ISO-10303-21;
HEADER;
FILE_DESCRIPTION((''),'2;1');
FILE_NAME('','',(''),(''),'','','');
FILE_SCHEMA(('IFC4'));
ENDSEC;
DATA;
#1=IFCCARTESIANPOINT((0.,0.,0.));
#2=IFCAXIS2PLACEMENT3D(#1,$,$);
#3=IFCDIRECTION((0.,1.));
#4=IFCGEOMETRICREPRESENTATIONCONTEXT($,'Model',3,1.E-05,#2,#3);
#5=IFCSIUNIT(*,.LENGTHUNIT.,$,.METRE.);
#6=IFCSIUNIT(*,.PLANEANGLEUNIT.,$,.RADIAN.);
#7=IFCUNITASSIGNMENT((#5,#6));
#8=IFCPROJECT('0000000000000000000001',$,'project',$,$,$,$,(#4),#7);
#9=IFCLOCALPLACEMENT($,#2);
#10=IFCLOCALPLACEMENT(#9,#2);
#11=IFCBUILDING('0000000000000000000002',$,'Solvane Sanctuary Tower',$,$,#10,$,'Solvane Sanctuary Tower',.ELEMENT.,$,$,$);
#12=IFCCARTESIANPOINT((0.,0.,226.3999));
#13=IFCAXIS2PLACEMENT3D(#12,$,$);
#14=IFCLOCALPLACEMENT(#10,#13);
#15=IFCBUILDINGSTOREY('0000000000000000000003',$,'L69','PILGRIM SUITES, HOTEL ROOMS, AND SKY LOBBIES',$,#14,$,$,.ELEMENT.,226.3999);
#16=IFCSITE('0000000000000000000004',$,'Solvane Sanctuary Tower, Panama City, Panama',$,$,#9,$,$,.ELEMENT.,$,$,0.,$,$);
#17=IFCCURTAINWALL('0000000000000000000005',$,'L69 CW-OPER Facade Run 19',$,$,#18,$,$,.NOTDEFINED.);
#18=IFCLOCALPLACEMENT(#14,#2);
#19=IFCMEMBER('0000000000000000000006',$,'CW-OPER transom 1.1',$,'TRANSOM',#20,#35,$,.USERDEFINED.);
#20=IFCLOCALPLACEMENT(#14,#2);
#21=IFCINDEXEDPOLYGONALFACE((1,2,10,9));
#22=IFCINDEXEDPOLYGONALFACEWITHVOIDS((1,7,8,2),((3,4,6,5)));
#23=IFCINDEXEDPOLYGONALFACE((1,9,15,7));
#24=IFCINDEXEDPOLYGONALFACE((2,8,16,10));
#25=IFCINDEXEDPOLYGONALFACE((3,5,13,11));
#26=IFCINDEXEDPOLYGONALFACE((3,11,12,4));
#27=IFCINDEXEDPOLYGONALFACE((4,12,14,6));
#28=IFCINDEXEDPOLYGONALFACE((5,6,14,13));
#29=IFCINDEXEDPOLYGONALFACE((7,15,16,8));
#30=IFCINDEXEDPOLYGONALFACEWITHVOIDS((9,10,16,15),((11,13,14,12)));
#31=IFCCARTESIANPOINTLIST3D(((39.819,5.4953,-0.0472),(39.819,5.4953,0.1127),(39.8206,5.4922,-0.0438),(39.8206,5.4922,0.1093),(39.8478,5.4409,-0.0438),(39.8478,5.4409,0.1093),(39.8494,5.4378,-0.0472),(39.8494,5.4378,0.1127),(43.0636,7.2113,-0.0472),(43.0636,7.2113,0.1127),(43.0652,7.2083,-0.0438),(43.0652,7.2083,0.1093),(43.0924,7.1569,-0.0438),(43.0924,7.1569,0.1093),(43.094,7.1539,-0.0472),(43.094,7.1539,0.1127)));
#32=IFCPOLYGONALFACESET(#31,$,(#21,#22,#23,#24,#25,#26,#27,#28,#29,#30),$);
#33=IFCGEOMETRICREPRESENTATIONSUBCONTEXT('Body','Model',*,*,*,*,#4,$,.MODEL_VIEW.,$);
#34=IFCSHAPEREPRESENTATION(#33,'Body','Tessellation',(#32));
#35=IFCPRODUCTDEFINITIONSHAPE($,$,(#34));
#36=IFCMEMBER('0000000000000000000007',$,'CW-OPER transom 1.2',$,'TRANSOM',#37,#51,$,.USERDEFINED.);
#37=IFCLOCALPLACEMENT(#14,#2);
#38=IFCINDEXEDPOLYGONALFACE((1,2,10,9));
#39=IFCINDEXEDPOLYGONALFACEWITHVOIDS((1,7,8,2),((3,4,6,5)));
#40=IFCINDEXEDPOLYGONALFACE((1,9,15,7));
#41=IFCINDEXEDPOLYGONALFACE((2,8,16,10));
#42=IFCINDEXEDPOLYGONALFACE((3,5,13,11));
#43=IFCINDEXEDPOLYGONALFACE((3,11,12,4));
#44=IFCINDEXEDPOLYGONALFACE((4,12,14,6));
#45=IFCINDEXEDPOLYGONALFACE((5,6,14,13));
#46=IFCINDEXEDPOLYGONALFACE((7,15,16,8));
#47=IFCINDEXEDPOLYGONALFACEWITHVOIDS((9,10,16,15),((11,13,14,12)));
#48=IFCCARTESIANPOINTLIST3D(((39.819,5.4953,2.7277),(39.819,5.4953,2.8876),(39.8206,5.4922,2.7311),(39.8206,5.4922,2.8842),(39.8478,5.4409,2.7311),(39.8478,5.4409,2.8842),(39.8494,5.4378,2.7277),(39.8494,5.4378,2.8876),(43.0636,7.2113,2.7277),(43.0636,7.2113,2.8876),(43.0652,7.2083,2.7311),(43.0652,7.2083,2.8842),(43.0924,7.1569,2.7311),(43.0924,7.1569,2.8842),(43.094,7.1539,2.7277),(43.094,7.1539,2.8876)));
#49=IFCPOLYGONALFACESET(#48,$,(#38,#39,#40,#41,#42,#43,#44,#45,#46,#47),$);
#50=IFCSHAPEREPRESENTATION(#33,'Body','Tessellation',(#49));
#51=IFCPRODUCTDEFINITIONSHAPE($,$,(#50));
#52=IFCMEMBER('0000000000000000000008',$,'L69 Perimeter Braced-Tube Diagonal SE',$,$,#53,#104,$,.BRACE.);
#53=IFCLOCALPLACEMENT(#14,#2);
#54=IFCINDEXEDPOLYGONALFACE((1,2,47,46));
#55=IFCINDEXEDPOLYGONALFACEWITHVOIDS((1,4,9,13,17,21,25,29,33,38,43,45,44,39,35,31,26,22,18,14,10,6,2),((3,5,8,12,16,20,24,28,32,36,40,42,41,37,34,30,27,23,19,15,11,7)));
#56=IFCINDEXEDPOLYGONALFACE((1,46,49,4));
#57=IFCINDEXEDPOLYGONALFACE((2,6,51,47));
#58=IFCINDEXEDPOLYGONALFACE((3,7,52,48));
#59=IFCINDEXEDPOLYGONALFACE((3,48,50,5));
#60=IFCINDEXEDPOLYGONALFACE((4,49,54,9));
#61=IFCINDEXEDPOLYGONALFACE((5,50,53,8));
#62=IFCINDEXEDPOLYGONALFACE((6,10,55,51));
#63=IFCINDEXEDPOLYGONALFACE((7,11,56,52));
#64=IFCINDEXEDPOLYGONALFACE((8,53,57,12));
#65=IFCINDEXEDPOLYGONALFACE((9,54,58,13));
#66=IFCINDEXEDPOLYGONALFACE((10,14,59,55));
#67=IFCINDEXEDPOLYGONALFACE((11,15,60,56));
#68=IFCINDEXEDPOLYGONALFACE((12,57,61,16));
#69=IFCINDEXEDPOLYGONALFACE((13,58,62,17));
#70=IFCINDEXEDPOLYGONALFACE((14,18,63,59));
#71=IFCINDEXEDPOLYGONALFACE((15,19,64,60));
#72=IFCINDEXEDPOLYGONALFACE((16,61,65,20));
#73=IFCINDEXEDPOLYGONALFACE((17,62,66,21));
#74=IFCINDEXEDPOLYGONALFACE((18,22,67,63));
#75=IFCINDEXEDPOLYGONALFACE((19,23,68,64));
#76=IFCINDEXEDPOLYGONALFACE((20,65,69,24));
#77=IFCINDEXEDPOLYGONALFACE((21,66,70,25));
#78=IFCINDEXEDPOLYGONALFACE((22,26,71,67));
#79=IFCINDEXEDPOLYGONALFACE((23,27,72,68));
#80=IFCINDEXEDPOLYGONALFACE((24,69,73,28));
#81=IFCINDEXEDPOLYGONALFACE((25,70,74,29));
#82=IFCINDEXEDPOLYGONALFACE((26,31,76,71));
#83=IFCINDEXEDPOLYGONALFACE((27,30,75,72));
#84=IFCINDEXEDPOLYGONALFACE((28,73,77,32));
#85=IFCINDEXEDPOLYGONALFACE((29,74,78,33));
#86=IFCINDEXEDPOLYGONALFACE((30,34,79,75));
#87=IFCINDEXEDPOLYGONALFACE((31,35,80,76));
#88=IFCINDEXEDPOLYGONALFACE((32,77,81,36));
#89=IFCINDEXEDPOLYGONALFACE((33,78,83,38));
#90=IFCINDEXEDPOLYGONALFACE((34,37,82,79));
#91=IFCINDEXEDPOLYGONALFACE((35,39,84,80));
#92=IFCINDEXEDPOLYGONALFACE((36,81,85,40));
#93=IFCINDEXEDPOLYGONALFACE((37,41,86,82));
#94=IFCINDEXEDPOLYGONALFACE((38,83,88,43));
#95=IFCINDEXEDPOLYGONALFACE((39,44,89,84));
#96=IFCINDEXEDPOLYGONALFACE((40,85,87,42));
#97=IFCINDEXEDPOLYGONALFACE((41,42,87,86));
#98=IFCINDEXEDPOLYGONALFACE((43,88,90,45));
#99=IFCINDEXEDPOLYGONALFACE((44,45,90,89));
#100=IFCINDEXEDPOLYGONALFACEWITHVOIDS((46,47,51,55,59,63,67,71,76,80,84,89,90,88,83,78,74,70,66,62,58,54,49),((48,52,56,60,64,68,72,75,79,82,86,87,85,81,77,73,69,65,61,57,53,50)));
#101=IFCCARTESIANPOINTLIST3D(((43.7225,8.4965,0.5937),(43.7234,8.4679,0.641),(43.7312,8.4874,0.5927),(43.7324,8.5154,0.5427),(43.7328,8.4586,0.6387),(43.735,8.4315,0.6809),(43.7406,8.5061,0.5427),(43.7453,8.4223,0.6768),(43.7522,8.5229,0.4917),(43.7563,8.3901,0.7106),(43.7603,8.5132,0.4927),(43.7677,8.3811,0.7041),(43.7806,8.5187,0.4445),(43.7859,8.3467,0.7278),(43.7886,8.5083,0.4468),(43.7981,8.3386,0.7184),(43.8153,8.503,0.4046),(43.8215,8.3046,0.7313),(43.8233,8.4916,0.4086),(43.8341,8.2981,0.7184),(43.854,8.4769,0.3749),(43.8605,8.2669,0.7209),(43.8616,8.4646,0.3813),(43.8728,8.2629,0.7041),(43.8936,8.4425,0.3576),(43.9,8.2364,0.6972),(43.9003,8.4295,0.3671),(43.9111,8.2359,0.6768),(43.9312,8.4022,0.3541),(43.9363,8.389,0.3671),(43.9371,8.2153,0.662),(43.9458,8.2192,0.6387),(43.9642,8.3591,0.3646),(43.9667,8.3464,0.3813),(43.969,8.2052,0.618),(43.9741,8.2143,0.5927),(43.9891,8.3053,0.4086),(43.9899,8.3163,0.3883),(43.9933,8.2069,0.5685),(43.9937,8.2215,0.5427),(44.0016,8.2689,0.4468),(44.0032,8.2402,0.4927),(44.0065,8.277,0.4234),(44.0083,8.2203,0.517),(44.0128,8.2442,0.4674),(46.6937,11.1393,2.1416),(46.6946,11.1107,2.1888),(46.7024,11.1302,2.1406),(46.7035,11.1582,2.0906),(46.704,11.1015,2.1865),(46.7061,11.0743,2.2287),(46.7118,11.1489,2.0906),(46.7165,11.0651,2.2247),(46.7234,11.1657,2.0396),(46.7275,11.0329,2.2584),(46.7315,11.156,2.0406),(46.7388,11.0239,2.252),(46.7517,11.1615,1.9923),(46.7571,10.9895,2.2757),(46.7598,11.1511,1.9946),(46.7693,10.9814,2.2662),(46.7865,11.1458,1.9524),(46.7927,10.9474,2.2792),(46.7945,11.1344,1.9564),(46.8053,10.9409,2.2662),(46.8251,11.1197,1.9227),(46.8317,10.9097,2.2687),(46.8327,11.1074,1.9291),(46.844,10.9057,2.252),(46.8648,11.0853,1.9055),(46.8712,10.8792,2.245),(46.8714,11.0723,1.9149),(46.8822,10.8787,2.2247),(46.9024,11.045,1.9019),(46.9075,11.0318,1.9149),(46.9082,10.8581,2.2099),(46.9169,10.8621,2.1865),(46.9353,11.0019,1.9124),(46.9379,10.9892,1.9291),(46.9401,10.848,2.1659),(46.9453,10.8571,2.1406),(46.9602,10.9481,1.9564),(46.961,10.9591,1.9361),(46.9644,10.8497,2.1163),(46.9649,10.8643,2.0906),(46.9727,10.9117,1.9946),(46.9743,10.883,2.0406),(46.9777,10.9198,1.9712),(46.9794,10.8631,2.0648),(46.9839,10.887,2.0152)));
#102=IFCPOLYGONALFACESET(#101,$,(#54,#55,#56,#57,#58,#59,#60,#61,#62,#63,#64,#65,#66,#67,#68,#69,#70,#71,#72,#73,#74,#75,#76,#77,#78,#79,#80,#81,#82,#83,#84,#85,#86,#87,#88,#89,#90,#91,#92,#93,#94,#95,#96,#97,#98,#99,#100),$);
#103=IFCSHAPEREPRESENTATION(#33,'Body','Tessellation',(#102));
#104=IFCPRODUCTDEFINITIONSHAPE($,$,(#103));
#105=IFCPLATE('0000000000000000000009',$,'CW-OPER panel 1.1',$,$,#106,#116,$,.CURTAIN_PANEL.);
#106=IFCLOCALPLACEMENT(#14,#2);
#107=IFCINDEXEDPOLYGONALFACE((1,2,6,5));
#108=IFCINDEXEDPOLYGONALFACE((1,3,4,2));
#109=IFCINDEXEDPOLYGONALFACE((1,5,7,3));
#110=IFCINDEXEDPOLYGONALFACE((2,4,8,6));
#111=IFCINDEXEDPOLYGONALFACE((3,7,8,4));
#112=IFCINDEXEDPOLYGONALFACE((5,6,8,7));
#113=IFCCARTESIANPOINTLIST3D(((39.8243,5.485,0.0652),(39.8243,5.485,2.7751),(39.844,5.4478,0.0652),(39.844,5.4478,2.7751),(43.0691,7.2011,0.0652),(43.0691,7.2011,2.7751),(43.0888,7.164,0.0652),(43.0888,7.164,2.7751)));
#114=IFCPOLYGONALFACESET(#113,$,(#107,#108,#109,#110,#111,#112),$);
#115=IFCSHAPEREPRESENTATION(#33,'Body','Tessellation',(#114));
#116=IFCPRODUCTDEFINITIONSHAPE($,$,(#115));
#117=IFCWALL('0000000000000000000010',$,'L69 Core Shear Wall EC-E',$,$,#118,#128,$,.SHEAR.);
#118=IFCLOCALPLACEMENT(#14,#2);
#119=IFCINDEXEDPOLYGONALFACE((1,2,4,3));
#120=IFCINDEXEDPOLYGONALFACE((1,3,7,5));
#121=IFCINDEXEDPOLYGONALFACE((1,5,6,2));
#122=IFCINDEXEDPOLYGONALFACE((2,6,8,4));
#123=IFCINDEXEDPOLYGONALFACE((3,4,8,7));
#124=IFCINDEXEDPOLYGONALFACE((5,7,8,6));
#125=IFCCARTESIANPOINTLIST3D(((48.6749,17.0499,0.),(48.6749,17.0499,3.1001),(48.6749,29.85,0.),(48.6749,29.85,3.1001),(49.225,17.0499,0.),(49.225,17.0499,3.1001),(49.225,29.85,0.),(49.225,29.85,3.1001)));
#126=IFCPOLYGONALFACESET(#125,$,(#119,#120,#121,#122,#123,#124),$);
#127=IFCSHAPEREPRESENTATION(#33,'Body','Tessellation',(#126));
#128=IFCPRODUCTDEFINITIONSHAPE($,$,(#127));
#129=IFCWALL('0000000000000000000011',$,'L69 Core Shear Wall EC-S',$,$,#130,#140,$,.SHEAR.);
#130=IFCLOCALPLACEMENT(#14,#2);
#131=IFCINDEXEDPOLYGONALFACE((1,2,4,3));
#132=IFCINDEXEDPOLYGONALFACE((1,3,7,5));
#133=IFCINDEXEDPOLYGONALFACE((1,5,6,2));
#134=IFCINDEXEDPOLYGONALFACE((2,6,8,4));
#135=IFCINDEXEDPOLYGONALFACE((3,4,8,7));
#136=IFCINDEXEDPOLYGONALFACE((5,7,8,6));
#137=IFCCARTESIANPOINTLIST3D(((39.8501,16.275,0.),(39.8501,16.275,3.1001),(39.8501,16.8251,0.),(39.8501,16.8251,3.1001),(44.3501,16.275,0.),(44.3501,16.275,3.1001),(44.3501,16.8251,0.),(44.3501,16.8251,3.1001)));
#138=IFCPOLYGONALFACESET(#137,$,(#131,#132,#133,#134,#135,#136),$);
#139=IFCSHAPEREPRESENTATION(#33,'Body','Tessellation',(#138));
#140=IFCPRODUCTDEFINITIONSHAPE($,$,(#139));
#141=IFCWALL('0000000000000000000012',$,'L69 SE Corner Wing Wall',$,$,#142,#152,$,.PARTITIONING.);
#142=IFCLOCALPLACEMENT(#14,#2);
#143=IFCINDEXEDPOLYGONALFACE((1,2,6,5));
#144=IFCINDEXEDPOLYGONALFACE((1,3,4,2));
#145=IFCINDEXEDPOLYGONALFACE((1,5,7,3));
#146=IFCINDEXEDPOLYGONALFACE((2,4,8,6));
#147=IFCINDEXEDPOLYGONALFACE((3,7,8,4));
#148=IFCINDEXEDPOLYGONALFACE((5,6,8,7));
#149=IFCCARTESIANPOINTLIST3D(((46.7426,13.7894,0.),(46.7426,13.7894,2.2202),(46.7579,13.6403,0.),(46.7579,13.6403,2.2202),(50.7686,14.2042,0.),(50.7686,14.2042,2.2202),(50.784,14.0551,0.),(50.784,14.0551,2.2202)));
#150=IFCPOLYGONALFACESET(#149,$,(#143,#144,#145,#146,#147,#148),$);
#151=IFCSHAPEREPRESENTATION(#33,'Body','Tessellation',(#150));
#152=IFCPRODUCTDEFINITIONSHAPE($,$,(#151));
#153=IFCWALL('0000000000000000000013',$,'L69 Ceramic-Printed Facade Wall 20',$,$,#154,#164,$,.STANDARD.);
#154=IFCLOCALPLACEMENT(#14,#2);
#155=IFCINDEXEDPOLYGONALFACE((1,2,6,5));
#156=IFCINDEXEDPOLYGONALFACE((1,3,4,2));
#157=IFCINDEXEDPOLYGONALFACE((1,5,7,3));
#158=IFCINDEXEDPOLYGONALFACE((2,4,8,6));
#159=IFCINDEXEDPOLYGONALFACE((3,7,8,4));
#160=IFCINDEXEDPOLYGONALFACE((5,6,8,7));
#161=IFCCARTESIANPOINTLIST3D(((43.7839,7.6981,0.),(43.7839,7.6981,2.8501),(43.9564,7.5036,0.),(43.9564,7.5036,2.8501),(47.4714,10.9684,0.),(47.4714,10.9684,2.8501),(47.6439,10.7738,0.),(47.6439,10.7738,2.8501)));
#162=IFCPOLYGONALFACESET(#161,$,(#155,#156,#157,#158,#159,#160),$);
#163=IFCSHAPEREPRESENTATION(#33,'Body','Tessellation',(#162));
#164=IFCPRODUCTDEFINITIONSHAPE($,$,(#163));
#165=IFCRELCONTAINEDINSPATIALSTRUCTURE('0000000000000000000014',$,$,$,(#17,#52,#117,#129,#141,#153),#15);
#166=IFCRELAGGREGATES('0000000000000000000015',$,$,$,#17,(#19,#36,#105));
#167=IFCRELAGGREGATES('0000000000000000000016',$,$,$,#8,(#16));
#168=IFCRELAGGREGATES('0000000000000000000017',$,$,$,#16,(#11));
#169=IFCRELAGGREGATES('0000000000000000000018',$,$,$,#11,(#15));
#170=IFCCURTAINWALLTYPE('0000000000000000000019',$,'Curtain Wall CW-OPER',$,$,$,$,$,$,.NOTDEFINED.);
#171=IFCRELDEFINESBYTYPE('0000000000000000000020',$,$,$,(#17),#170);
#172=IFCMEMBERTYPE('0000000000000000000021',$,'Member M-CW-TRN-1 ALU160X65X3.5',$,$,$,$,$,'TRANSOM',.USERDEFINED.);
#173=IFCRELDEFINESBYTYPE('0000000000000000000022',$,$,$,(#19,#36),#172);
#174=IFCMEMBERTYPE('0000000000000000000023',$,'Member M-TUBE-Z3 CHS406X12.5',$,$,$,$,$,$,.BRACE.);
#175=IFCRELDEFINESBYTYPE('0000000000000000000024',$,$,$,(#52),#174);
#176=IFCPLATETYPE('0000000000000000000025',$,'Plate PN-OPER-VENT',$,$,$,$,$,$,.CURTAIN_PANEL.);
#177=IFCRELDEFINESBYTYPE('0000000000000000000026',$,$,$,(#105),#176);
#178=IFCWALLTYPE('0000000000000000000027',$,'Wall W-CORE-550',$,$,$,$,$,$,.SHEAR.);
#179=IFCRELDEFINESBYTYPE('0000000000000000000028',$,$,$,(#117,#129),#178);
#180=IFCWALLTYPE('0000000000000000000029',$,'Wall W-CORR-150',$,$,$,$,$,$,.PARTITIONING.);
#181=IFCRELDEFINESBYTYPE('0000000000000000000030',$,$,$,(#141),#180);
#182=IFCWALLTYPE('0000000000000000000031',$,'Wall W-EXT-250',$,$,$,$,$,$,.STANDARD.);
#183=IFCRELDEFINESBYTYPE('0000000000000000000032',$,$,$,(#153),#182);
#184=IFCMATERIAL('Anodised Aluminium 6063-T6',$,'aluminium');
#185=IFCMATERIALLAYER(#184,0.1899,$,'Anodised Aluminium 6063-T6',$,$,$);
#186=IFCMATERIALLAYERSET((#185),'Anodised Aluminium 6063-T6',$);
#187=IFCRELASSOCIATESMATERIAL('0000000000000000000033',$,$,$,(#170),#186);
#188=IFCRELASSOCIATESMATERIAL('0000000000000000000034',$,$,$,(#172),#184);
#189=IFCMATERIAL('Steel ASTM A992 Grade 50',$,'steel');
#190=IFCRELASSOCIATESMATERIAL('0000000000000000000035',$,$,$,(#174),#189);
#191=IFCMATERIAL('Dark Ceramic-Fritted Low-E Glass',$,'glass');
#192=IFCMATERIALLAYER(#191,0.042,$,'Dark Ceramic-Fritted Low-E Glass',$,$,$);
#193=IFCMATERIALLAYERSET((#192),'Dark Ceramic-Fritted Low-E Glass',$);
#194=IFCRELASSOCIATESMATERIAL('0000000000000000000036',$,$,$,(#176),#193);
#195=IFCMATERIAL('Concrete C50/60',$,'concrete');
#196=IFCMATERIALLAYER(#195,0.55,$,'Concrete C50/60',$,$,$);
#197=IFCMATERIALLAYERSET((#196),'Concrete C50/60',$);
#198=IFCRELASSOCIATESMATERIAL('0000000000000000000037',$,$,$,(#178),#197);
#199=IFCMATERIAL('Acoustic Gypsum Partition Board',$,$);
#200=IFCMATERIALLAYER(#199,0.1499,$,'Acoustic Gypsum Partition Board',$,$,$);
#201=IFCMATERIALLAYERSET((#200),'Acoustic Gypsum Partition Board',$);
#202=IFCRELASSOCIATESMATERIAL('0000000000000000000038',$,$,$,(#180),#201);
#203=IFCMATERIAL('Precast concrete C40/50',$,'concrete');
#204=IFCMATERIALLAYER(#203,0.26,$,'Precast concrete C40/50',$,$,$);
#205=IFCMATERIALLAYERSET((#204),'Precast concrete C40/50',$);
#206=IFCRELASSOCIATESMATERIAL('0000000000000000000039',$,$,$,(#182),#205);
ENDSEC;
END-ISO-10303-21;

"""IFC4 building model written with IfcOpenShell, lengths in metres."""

from ifc_helpers import new_model, si_unit, direction, frame, frame_2d, origin, origin_2d, place, context, subcontext, project, spatial, rectangle, hollow_rectangle, hollow_circle, extrude, material, layer, layer_set, material_profile, profile_set, type_object, element, aggregate, save


model = new_model("IFC4")

# Units and contexts
model_context = context("Model", 3, precision=1e-05, world=origin(), true_north=direction((0.0, 1.0)))
body_context = subcontext(model_context, "Body", "Model", "MODEL_VIEW")
ifc_project = project(units=[si_unit("LENGTHUNIT", "METRE"), si_unit("PLANEANGLEUNIT", "RADIAN")], contexts=[model_context])

# Site, building, storey
site_placement = place(None, origin())
site = spatial("IfcSite", under=ifc_project, at=site_placement, Name="Solvane Sanctuary Tower, Panama City, Panama", CompositionType="ELEMENT", RefElevation=0.0)
building_placement = place(site_placement, origin())
building = spatial("IfcBuilding", under=site, at=building_placement, Name="Solvane Sanctuary Tower", LongName="Solvane Sanctuary Tower", CompositionType="ELEMENT")
storey_placement = place(building_placement, frame((0.0, 0.0, 226.3999)))
storey = spatial("IfcBuildingStorey", under=building, at=storey_placement, Name="L69", Description="PILGRIM SUITES, HOTEL ROOMS, AND SKY LOBBIES", CompositionType="ELEMENT", Elevation=226.3999)

# Shared definitions
ifc_material_1 = material(Name="Concrete C50/60", Category="concrete")

# Shared definitions
ifc_material_2 = material(Name="Steel ASTM A992 Grade 50", Category="steel")

# Curtain wall, members
ifc_material_3 = material(Name="Anodised Aluminium 6063-T6", Category="aluminium")
ifc_layer_1 = layer(ifc_material_3, 0.1899, Name="Anodised Aluminium 6063-T6")
ifc_layer_set_1 = layer_set([ifc_layer_1], Name="Anodised Aluminium 6063-T6")
curtain_wall_type = type_object("IfcCurtainWallType", Name="Curtain Wall CW-OPER", PredefinedType="NOTDEFINED", material=ifc_layer_set_1)
curtain_wall_placement = place(storey_placement, origin())
curtain_wall = element("IfcCurtainWall", 1, at=curtain_wall_placement, inside=storey, type_object=curtain_wall_type, Name="L69 CW-OPER Facade Run 19", PredefinedType="NOTDEFINED")
ifc_material_profile_1 = material_profile(ifc_material_3, hollow_rectangle(XDim=0.0649, YDim=0.1599, WallThickness=0.0034, at=origin_2d()), Name="ALU160X65X3.5")
ifc_profile_set_1 = profile_set([ifc_material_profile_1], Name="Anodised Aluminium 6063-T6")
member_type_1 = type_object("IfcMemberType", Name="Member M-CW-TRN-1 ALU160X65X3.5", ElementType="TRANSOM", PredefinedType="USERDEFINED", material=ifc_profile_set_1)
member_1_placement = place(storey_placement, frame((39.8342, 5.4666, 0.0327), z_axis=(0.883977, 0.46753, 0.0), x_axis=(-0.46753, 0.883977, 0.0)))
member_1 = element("IfcMember", 2, at=member_1_placement, type_object=member_type_1, Name="CW-OPER transom 1.1", ObjectType="TRANSOM", PredefinedType="USERDEFINED", context=body_context, shape_type="SweptSolid", body=[
    extrude(hollow_rectangle(XDim=0.0649, YDim=0.1599, WallThickness=0.0034, at=origin_2d()), origin(), (0.0, 0.0, 1.0), 3.6704),
])
member_2_placement = place(storey_placement, frame((39.8342, 5.4666, 2.8076), z_axis=(0.883977, 0.46753, 0.0), x_axis=(-0.46753, 0.883977, 0.0)))
member_2 = element("IfcMember", 3, at=member_2_placement, type_object=member_type_1, Name="CW-OPER transom 1.2", ObjectType="TRANSOM", PredefinedType="USERDEFINED", context=body_context, shape_type="SweptSolid", body=[
    extrude(hollow_rectangle(XDim=0.0649, YDim=0.1599, WallThickness=0.0034, at=origin_2d()), origin(), (0.0, 0.0, 1.0), 3.6704),
])

# Member
ifc_material_profile_2 = material_profile(ifc_material_2, hollow_circle(Radius=0.2029, WallThickness=0.0125, at=origin_2d()), Name="CHS406X12.5")
ifc_profile_set_2 = profile_set([ifc_material_profile_2], Name="Steel ASTM A992 Grade 50")
member_type_2 = type_object("IfcMemberType", Name="Member M-TUBE-Z3 CHS406X12.5", PredefinedType="BRACE", material=ifc_profile_set_2)
member_3_placement = place(storey_placement, frame((43.8672, 8.3638, 0.5427), z_axis=(0.696299, 0.619345, 0.362739), x_axis=(-0.664612, 0.747189, 0.0)))
element("IfcMember", 4, at=member_3_placement, inside=storey, type_object=member_type_2, Name="L69 Perimeter Braced-Tube Diagonal SE", PredefinedType="BRACE", context=body_context, shape_type="SweptSolid", body=[
    extrude(hollow_circle(Radius=0.2029, WallThickness=0.0125, at=origin_2d()), origin(), (0.0, 0.0, 1.0), 4.2671),
])

# Plate
ifc_material_4 = material(Name="Dark Ceramic-Fritted Low-E Glass", Category="glass")
ifc_layer_2 = layer(ifc_material_4, 0.042, Name="Dark Ceramic-Fritted Low-E Glass")
ifc_layer_set_2 = layer_set([ifc_layer_2], Name="Dark Ceramic-Fritted Low-E Glass")
plate_type = type_object("IfcPlateType", Name="Plate PN-OPER-VENT", PredefinedType="CURTAIN_PANEL", material=ifc_layer_set_2)
plate_placement = place(storey_placement, frame((41.4565, 6.3245, 0.0652), z_axis=(0.0, 0.0, 1.0), x_axis=(0.883981, 0.467523, 0.0)))
plate = element("IfcPlate", 5, at=plate_placement, type_object=plate_type, Name="CW-OPER panel 1.1", PredefinedType="CURTAIN_PANEL", context=body_context, shape_type="SweptSolid", body=[
    extrude(rectangle(XDim=3.6707, YDim=0.042, at=origin_2d()), origin(), (0.0, 0.0, 1.0), 2.71),
])
aggregate(curtain_wall, [member_1, member_2, plate])

# Walls
ifc_layer_3 = layer(ifc_material_1, 0.55, Name="Concrete C50/60")
ifc_layer_set_3 = layer_set([ifc_layer_3], Name="Concrete C50/60")
wall_type_1 = type_object("IfcWallType", Name="Wall W-CORE-550", PredefinedType="SHEAR", material=ifc_layer_set_3)
wall_1_placement = place(storey_placement, frame((48.95, 17.05, 0.0), z_axis=(0.0, 0.0, 1.0), x_axis=(0.0, 1.0, 0.0)))
element("IfcWall", 6, at=wall_1_placement, inside=storey, type_object=wall_type_1, Name="L69 Core Shear Wall EC-E", PredefinedType="SHEAR", context=body_context, shape_type="SweptSolid", body=[
    extrude(rectangle(XDim=12.8, YDim=0.55, at=frame_2d((6.3999, 0.0))), origin(), (0.0, 0.0, 1.0), 3.1001),
])
wall_2_placement = place(storey_placement, frame((39.8501, 16.55, 0.0), z_axis=(0.0, 0.0, 1.0), x_axis=(1.0, 0.0, 0.0)))
element("IfcWall", 7, at=wall_2_placement, inside=storey, type_object=wall_type_1, Name="L69 Core Shear Wall EC-S", PredefinedType="SHEAR", context=body_context, shape_type="SweptSolid", body=[
    extrude(rectangle(XDim=4.5, YDim=0.55, at=frame_2d((2.25, 0.0))), origin(), (0.0, 0.0, 1.0), 3.1001),
])
ifc_material_5 = material(Name="Acoustic Gypsum Partition Board")
ifc_layer_4 = layer(ifc_material_5, 0.1499, Name="Acoustic Gypsum Partition Board")
ifc_layer_set_4 = layer_set([ifc_layer_4], Name="Acoustic Gypsum Partition Board")
wall_type_2 = type_object("IfcWallType", Name="Wall W-CORR-150", PredefinedType="PARTITIONING", material=ifc_layer_set_4)
wall_3_placement = place(storey_placement, frame((46.7502, 13.7148, 0.0), z_axis=(0.0, 0.0, 1.0), x_axis=(0.994735, 0.102483, 0.0)))
element("IfcWall", 8, at=wall_3_placement, inside=storey, type_object=wall_type_2, Name="L69 SE Corner Wing Wall", PredefinedType="PARTITIONING", context=body_context, shape_type="SweptSolid", body=[
    extrude(rectangle(XDim=4.0474, YDim=0.1499, at=frame_2d((2.0237, 0.0))), origin(), (0.0, 0.0, 1.0), 2.2202),
])
ifc_material_6 = material(Name="Precast concrete C40/50", Category="concrete")
ifc_layer_5 = layer(ifc_material_6, 0.26, Name="Precast concrete C40/50")
ifc_layer_set_5 = layer_set([ifc_layer_5], Name="Precast concrete C40/50")
wall_type_3 = type_object("IfcWallType", Name="Wall W-EXT-250", PredefinedType="STANDARD", material=ifc_layer_set_5)
wall_4_placement = place(storey_placement, frame((43.8701, 7.6008, 0.0), z_axis=(0.0, 0.0, 1.0), x_axis=(0.748166, 0.663512, 0.0)))
element("IfcWall", 9, at=wall_4_placement, inside=storey, type_object=wall_type_3, Name="L69 Ceramic-Printed Facade Wall 20", PredefinedType="STANDARD", context=body_context, shape_type="SweptSolid", body=[
    extrude(rectangle(XDim=4.9287, YDim=0.26, at=frame_2d((2.4644, 0.0))), origin(), (0.0, 0.0, 1.0), 2.8501),
])

save(model, "model.ifc")
